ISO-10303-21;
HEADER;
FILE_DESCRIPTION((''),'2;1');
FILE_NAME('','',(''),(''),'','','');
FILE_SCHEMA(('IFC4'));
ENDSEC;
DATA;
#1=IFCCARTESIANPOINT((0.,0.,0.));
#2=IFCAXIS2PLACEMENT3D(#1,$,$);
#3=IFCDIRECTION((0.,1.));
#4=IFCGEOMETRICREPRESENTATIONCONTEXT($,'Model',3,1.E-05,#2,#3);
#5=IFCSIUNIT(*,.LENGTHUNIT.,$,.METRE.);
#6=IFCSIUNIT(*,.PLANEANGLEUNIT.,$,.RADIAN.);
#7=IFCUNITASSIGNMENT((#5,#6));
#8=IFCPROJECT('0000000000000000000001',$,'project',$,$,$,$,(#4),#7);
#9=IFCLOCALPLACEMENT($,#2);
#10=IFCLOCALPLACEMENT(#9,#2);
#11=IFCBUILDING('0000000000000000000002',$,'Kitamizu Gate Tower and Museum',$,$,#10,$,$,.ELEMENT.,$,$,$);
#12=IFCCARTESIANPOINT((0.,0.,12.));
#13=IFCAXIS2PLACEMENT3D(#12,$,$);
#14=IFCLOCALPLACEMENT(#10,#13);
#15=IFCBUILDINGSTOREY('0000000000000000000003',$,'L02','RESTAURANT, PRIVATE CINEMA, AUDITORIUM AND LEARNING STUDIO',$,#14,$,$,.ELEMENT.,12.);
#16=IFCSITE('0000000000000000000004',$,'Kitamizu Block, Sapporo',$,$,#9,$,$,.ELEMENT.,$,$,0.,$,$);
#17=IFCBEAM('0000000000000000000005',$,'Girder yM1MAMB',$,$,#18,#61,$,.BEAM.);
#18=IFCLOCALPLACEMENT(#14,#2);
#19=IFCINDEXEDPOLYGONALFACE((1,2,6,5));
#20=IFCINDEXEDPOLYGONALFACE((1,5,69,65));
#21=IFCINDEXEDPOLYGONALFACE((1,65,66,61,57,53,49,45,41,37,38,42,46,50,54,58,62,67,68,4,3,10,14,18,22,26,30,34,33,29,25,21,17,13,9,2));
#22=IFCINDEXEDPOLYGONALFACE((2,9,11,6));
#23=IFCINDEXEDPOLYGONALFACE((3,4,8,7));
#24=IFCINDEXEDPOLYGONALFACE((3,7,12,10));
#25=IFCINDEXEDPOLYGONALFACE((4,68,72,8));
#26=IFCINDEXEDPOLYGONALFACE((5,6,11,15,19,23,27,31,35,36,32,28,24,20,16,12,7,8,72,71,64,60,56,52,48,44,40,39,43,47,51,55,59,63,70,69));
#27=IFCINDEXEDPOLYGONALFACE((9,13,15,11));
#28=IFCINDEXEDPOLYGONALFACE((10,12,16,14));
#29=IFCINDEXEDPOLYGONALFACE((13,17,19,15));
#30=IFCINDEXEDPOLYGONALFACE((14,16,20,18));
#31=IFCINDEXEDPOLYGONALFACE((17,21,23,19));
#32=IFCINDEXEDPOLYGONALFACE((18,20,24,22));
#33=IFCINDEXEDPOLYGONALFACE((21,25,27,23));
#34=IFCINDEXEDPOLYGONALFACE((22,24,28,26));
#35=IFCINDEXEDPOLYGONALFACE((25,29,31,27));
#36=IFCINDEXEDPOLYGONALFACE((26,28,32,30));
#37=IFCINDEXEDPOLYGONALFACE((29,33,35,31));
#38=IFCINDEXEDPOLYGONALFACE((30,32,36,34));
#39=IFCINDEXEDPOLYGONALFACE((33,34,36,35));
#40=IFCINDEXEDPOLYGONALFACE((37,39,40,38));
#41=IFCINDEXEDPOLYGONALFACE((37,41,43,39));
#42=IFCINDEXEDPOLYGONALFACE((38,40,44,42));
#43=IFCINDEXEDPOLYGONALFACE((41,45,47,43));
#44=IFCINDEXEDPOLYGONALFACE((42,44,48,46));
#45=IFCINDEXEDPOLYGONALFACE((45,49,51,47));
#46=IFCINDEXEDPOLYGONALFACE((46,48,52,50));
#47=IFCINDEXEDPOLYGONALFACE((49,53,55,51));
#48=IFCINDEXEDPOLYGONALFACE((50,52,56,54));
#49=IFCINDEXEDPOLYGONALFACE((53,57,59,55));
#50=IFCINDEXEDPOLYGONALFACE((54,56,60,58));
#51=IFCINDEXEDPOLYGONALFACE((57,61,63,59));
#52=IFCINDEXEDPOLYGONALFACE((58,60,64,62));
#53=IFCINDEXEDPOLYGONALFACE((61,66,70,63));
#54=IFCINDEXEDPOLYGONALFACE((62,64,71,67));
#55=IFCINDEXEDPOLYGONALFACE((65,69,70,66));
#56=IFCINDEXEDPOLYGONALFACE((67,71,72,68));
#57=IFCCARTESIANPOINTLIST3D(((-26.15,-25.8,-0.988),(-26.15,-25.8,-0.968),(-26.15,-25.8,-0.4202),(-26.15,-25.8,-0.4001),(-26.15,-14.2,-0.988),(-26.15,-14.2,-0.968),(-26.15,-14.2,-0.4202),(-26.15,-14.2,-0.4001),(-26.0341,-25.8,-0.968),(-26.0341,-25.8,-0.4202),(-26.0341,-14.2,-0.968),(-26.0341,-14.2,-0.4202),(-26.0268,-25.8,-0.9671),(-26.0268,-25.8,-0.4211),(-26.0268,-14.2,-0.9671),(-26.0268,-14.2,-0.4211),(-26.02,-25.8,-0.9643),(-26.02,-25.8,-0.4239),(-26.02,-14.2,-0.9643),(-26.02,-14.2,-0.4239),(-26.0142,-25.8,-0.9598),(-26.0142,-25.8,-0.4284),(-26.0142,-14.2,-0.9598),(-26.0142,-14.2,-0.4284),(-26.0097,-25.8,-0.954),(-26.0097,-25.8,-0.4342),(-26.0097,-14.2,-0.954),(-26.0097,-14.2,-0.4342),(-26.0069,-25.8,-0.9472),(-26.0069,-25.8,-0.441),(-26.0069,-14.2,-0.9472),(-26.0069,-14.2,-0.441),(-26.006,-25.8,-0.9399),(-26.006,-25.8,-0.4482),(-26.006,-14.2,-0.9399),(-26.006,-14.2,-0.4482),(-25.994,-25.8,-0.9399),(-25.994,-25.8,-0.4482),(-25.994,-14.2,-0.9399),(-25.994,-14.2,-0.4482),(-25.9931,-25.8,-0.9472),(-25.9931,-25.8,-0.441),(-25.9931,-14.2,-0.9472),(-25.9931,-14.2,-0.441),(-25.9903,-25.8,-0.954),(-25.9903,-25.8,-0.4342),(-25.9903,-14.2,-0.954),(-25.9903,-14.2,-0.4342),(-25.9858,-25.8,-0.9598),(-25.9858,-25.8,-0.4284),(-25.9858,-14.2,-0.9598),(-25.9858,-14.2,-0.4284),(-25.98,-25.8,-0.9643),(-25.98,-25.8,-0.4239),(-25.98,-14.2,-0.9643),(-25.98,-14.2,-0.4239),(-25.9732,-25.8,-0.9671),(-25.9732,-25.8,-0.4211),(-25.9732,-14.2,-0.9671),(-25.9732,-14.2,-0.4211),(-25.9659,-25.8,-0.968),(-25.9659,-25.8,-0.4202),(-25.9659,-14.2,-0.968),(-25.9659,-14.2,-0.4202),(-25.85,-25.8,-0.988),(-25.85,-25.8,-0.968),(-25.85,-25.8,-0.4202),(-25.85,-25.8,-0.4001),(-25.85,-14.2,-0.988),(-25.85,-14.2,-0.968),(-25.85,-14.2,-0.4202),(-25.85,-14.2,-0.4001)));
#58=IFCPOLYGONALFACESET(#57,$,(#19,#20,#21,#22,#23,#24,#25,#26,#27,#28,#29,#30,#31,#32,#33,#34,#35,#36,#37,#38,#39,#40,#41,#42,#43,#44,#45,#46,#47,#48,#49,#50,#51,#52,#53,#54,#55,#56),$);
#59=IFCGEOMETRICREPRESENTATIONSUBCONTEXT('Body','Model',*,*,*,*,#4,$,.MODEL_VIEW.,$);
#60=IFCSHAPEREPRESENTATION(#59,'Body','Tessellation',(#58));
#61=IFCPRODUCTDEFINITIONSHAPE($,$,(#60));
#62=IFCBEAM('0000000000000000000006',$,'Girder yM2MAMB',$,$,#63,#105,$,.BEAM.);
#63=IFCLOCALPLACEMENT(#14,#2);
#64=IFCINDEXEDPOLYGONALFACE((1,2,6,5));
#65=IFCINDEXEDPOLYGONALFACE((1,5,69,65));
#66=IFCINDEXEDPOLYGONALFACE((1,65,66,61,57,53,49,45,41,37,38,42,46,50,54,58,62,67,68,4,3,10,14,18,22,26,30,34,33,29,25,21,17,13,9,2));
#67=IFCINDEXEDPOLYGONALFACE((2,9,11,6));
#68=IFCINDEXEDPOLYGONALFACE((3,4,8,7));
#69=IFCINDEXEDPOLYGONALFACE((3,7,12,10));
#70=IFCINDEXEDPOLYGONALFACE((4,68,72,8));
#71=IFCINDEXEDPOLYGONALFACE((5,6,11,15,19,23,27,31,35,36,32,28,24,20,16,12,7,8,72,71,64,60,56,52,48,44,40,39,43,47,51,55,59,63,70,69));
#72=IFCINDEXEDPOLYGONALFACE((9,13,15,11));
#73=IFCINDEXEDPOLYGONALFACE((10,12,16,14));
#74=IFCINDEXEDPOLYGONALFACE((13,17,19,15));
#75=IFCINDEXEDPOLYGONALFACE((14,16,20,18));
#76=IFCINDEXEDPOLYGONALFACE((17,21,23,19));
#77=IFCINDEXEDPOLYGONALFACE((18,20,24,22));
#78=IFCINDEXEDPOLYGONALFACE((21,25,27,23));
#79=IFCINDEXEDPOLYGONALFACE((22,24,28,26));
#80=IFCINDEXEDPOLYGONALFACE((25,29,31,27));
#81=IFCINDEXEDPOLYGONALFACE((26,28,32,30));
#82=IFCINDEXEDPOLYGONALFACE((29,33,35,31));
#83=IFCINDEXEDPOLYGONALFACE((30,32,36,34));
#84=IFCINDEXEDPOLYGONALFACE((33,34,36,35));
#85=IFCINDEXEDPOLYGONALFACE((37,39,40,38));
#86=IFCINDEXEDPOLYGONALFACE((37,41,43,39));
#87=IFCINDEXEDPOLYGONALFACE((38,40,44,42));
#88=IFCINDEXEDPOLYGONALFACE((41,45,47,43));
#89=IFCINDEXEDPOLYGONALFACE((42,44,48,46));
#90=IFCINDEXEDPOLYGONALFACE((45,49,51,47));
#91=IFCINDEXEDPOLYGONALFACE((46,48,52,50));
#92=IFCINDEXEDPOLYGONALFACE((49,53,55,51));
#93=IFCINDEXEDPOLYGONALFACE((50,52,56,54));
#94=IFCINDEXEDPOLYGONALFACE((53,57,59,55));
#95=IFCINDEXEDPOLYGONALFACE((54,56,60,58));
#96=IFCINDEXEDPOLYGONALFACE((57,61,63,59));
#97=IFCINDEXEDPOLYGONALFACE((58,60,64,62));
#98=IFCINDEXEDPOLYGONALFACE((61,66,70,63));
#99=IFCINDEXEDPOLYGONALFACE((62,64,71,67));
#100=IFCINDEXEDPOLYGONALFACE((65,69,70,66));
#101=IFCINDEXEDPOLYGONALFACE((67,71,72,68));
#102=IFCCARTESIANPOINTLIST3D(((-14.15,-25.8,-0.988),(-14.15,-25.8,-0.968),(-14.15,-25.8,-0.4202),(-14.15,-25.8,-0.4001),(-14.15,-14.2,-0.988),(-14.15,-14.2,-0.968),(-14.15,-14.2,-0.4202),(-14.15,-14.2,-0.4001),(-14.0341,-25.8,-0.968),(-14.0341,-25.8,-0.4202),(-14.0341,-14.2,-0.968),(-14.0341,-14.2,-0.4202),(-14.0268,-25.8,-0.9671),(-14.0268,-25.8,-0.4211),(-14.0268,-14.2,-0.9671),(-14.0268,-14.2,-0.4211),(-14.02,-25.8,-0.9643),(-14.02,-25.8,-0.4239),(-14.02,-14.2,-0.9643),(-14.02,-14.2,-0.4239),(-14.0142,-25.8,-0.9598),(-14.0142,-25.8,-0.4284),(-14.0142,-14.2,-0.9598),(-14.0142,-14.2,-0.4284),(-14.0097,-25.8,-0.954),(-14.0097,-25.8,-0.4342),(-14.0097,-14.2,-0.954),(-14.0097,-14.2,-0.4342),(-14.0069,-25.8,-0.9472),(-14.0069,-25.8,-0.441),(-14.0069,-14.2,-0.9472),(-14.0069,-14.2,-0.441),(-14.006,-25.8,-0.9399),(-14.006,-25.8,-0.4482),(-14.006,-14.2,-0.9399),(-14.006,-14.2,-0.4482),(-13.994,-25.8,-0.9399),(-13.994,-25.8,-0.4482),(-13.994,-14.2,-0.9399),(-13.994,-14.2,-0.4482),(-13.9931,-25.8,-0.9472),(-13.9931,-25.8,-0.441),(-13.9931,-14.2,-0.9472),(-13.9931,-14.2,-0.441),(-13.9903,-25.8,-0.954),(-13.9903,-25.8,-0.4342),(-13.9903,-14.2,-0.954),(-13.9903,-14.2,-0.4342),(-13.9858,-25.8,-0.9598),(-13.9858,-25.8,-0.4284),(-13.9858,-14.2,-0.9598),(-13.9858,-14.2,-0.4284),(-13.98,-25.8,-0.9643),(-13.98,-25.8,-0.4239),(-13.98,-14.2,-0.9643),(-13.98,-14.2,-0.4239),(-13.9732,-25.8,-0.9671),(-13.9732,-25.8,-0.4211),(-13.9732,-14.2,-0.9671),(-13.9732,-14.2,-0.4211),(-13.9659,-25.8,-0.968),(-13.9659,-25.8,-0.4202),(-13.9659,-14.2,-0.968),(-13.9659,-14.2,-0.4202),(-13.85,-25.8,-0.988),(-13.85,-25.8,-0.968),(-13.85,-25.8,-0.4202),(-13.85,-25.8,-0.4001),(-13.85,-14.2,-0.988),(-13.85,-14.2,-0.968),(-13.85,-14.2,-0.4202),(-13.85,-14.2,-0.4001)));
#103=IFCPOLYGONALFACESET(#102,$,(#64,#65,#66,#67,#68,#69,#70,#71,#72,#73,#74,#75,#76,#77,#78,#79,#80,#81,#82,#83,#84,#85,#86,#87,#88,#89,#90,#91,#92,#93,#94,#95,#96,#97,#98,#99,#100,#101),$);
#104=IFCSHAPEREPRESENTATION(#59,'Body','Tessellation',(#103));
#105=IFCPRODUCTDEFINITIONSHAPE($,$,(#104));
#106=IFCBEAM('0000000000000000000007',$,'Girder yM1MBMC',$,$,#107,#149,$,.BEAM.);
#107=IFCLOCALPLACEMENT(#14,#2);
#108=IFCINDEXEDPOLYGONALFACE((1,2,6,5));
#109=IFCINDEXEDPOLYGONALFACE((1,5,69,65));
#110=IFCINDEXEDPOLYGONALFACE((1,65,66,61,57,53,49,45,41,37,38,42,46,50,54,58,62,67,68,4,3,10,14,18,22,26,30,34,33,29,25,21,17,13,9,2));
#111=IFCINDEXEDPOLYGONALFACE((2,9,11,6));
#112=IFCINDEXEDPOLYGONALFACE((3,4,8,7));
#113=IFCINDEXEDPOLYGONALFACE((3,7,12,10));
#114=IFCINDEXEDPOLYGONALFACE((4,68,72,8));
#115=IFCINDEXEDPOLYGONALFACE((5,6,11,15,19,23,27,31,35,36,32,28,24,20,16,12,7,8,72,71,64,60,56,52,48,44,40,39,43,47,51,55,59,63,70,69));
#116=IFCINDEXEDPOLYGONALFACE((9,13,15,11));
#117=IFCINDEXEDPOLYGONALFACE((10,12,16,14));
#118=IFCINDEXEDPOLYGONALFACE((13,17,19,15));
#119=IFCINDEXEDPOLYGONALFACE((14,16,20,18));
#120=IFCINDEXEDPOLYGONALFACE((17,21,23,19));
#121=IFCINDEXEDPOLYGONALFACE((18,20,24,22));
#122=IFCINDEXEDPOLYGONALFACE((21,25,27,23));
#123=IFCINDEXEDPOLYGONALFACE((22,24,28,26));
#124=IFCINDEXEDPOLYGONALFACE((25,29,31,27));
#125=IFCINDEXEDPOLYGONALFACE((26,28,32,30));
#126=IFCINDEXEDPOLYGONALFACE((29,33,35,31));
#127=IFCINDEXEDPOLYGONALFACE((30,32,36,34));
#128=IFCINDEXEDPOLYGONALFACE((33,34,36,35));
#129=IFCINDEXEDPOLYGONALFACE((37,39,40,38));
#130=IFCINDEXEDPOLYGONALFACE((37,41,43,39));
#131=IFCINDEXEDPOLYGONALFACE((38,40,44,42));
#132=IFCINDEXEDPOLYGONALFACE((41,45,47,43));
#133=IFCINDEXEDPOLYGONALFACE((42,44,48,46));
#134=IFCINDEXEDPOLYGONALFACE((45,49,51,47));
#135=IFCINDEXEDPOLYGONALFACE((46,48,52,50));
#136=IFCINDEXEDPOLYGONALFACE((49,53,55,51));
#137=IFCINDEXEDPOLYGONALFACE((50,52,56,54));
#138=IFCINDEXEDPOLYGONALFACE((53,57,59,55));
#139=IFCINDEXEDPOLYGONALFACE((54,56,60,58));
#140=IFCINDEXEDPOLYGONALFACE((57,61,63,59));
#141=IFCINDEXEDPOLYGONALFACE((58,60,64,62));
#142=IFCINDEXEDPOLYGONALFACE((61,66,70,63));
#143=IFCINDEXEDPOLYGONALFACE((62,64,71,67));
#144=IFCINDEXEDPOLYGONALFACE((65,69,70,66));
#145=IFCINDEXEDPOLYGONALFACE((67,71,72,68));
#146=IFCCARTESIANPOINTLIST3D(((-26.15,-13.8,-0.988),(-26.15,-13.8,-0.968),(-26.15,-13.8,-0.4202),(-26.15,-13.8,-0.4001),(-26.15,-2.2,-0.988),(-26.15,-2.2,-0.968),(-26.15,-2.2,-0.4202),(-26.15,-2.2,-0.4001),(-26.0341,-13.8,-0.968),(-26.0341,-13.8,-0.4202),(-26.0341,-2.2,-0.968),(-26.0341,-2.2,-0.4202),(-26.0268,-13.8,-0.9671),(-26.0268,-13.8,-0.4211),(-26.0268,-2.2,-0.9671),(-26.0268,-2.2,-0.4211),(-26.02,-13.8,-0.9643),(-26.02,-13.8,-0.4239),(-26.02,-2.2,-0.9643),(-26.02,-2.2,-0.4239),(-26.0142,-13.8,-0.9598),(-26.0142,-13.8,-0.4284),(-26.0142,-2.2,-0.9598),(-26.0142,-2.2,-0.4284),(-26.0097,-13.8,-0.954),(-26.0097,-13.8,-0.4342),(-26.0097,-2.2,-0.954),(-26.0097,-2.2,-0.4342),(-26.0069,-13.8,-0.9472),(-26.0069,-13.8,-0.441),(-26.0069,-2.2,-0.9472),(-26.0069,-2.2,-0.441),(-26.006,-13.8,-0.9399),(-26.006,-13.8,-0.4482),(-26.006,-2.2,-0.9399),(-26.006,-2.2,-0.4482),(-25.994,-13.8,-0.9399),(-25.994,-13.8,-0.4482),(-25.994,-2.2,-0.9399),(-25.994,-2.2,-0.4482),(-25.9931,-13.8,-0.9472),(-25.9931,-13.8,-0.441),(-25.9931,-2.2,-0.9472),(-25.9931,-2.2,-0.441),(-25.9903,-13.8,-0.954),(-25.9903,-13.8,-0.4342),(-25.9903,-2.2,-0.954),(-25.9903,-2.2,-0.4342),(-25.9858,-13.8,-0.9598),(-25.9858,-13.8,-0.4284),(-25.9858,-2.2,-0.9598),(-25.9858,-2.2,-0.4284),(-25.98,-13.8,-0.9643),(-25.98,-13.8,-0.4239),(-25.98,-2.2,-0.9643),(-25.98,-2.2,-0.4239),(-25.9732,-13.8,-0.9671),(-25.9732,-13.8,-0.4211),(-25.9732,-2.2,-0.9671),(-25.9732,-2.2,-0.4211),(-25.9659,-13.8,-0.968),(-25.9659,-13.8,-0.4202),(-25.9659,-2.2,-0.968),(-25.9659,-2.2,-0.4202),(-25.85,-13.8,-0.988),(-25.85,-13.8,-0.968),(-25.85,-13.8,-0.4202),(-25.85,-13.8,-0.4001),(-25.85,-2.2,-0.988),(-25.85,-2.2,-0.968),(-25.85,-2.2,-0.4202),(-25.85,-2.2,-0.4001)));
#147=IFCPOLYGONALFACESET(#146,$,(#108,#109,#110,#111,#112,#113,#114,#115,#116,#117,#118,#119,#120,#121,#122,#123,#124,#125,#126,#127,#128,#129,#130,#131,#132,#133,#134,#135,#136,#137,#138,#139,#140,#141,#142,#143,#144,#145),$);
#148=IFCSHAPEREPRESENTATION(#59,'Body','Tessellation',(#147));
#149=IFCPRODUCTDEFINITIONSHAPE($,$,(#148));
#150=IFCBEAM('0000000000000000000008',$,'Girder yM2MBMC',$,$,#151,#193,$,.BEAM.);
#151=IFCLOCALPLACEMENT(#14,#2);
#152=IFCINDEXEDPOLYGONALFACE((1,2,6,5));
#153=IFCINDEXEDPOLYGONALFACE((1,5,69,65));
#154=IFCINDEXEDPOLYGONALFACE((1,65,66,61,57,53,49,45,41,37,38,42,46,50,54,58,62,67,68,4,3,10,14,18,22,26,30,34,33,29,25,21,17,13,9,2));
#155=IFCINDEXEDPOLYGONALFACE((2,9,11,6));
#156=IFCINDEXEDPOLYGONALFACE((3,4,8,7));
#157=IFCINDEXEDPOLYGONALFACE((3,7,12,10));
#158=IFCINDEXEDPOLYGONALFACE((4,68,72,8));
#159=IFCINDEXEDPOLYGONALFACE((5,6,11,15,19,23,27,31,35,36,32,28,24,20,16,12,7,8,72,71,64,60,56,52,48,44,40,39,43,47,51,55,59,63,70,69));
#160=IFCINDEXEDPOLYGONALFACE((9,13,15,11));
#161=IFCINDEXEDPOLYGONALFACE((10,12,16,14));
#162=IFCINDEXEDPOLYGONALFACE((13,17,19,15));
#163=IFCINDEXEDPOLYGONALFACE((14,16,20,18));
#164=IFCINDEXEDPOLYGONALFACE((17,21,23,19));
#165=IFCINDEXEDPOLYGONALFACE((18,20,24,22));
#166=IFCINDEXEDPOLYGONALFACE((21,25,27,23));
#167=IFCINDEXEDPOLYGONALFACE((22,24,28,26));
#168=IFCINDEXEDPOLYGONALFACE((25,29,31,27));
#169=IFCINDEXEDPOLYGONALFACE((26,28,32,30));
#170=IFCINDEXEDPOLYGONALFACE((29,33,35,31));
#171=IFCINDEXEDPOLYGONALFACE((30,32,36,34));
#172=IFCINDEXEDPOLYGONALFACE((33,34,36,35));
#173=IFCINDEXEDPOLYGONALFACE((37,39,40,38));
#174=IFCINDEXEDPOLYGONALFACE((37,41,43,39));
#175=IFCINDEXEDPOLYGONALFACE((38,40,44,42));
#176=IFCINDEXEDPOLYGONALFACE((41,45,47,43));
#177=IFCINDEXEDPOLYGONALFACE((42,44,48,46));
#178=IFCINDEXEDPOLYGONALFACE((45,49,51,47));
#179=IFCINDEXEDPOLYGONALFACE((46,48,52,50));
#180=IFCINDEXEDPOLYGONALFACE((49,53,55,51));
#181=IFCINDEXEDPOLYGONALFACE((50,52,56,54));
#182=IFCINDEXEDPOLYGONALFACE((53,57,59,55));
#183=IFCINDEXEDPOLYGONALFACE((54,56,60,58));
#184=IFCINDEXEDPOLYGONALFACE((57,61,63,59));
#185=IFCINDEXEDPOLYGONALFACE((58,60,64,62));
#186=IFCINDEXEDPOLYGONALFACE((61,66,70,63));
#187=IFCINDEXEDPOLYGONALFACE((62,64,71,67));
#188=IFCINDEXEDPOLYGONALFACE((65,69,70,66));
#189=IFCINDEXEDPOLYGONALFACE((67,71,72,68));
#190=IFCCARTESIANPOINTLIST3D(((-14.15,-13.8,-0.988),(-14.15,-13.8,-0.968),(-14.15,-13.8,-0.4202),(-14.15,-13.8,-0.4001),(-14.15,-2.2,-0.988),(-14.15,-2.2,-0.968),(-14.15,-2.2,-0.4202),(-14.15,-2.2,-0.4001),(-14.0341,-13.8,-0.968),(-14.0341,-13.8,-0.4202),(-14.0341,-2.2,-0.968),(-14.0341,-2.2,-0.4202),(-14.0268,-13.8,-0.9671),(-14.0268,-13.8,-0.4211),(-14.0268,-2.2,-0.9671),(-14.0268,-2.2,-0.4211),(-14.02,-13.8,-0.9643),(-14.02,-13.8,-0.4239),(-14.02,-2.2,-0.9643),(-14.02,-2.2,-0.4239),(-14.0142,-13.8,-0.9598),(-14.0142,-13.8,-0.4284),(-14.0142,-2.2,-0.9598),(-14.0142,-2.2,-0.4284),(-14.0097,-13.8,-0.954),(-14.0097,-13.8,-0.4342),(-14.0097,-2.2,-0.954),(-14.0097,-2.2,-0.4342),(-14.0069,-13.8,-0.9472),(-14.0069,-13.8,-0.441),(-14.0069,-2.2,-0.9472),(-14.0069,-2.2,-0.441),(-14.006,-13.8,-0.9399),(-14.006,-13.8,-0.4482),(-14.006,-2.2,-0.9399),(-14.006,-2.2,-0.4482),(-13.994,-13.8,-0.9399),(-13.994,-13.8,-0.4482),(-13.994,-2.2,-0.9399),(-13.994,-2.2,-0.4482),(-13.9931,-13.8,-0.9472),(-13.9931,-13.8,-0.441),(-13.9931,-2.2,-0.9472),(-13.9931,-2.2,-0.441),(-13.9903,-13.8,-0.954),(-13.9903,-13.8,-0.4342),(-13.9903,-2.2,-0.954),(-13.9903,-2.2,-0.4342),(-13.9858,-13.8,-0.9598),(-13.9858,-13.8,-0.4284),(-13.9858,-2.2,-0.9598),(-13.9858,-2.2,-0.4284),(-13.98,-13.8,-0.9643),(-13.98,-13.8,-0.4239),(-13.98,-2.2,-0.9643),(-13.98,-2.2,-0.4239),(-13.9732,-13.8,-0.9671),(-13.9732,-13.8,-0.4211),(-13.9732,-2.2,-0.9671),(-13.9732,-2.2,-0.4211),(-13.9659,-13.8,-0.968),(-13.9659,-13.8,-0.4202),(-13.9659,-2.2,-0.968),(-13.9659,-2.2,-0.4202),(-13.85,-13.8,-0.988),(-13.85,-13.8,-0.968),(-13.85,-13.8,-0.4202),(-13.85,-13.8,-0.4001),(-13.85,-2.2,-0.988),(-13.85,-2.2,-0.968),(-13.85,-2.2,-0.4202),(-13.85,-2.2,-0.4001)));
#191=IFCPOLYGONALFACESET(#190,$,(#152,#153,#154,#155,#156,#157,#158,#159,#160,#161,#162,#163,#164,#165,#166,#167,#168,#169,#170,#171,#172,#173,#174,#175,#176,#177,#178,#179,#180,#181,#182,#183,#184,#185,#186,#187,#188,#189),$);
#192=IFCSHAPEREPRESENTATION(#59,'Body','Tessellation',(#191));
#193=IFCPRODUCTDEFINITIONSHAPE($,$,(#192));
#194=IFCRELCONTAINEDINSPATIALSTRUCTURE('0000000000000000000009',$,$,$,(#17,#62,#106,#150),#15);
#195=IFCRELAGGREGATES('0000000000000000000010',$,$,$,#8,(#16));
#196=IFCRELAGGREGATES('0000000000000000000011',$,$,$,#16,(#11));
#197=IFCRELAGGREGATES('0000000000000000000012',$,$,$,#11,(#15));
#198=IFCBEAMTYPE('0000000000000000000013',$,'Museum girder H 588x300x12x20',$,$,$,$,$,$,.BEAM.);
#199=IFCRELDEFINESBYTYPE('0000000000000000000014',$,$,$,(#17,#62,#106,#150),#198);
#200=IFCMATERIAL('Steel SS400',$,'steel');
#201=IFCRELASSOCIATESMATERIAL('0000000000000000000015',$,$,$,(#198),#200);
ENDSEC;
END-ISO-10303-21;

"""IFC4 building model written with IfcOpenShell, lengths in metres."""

from ifc_helpers import new_model, si_unit, direction, frame, origin, origin_2d, place, context, subcontext, project, spatial, i_section, extrude, material, material_profile, profile_set, type_object, element, save


model = new_model("IFC4")

# Units and contexts
model_context = context("Model", 3, precision=1e-05, world=origin(), true_north=direction((0.0, 1.0)))
body_context = subcontext(model_context, "Body", "Model", "MODEL_VIEW")
ifc_project = project(units=[si_unit("LENGTHUNIT", "METRE"), si_unit("PLANEANGLEUNIT", "RADIAN")], contexts=[model_context])

# Site, building, storey
site_placement = place(None, origin())
site = spatial("IfcSite", under=ifc_project, at=site_placement, Name="Kitamizu Block, Sapporo", CompositionType="ELEMENT", RefElevation=0.0)
building_placement = place(site_placement, origin())
building = spatial("IfcBuilding", under=site, at=building_placement, Name="Kitamizu Gate Tower and Museum", CompositionType="ELEMENT")
storey_placement = place(building_placement, frame((0.0, 0.0, 12.0)))
storey = spatial("IfcBuildingStorey", under=building, at=storey_placement, Name="L02", Description="RESTAURANT, PRIVATE CINEMA, AUDITORIUM AND LEARNING STUDIO", CompositionType="ELEMENT", Elevation=12.0)

# Beams
ifc_material_1 = material(Name="Steel SS400", Category="steel")
ifc_material_profile_1 = material_profile(ifc_material_1, i_section(OverallWidth=0.3, OverallDepth=0.5879, WebThickness=0.012, FlangeThickness=0.02, FilletRadius=0.0281, at=origin_2d()), Name="H-588x300x12x20")
ifc_profile_set_1 = profile_set([ifc_material_profile_1], Name="Steel SS400")
beam_type_1 = type_object("IfcBeamType", Name="Museum girder H 588x300x12x20", PredefinedType="BEAM", material=ifc_profile_set_1)
for number, where, z_axis, x_axis, name in (
    (1, (-26.0, -25.8, -0.6941), (0.0, 1.0, 0.0), (-1.0, 0.0, 0.0), "Girder yM1MAMB"),
    (2, (-14.0, -25.8, -0.6941), (0.0, 1.0, 0.0), (-1.0, 0.0, 0.0), "Girder yM2MAMB"),
    (3, (-26.0, -13.8, -0.6941), (0.0, 1.0, 0.0), (-1.0, 0.0, 0.0), "Girder yM1MBMC"),
    (4, (-14.0, -13.8, -0.6941), (0.0, 1.0, 0.0), (-1.0, 0.0, 0.0), "Girder yM2MBMC"),
):
    element("IfcBeam", number, at=place(storey_placement, frame(where, z_axis=z_axis, x_axis=x_axis)), inside=storey, type_object=beam_type_1, Name=name, PredefinedType="BEAM", context=body_context, shape_type="SweptSolid", body=[
        extrude(i_section(OverallWidth=0.3, OverallDepth=0.5879, WebThickness=0.012, FlangeThickness=0.02, FilletRadius=0.0281, at=origin_2d()), origin(), (0.0, 0.0, 1.0), 11.6001),
    ])

save(model, "model.ifc")
